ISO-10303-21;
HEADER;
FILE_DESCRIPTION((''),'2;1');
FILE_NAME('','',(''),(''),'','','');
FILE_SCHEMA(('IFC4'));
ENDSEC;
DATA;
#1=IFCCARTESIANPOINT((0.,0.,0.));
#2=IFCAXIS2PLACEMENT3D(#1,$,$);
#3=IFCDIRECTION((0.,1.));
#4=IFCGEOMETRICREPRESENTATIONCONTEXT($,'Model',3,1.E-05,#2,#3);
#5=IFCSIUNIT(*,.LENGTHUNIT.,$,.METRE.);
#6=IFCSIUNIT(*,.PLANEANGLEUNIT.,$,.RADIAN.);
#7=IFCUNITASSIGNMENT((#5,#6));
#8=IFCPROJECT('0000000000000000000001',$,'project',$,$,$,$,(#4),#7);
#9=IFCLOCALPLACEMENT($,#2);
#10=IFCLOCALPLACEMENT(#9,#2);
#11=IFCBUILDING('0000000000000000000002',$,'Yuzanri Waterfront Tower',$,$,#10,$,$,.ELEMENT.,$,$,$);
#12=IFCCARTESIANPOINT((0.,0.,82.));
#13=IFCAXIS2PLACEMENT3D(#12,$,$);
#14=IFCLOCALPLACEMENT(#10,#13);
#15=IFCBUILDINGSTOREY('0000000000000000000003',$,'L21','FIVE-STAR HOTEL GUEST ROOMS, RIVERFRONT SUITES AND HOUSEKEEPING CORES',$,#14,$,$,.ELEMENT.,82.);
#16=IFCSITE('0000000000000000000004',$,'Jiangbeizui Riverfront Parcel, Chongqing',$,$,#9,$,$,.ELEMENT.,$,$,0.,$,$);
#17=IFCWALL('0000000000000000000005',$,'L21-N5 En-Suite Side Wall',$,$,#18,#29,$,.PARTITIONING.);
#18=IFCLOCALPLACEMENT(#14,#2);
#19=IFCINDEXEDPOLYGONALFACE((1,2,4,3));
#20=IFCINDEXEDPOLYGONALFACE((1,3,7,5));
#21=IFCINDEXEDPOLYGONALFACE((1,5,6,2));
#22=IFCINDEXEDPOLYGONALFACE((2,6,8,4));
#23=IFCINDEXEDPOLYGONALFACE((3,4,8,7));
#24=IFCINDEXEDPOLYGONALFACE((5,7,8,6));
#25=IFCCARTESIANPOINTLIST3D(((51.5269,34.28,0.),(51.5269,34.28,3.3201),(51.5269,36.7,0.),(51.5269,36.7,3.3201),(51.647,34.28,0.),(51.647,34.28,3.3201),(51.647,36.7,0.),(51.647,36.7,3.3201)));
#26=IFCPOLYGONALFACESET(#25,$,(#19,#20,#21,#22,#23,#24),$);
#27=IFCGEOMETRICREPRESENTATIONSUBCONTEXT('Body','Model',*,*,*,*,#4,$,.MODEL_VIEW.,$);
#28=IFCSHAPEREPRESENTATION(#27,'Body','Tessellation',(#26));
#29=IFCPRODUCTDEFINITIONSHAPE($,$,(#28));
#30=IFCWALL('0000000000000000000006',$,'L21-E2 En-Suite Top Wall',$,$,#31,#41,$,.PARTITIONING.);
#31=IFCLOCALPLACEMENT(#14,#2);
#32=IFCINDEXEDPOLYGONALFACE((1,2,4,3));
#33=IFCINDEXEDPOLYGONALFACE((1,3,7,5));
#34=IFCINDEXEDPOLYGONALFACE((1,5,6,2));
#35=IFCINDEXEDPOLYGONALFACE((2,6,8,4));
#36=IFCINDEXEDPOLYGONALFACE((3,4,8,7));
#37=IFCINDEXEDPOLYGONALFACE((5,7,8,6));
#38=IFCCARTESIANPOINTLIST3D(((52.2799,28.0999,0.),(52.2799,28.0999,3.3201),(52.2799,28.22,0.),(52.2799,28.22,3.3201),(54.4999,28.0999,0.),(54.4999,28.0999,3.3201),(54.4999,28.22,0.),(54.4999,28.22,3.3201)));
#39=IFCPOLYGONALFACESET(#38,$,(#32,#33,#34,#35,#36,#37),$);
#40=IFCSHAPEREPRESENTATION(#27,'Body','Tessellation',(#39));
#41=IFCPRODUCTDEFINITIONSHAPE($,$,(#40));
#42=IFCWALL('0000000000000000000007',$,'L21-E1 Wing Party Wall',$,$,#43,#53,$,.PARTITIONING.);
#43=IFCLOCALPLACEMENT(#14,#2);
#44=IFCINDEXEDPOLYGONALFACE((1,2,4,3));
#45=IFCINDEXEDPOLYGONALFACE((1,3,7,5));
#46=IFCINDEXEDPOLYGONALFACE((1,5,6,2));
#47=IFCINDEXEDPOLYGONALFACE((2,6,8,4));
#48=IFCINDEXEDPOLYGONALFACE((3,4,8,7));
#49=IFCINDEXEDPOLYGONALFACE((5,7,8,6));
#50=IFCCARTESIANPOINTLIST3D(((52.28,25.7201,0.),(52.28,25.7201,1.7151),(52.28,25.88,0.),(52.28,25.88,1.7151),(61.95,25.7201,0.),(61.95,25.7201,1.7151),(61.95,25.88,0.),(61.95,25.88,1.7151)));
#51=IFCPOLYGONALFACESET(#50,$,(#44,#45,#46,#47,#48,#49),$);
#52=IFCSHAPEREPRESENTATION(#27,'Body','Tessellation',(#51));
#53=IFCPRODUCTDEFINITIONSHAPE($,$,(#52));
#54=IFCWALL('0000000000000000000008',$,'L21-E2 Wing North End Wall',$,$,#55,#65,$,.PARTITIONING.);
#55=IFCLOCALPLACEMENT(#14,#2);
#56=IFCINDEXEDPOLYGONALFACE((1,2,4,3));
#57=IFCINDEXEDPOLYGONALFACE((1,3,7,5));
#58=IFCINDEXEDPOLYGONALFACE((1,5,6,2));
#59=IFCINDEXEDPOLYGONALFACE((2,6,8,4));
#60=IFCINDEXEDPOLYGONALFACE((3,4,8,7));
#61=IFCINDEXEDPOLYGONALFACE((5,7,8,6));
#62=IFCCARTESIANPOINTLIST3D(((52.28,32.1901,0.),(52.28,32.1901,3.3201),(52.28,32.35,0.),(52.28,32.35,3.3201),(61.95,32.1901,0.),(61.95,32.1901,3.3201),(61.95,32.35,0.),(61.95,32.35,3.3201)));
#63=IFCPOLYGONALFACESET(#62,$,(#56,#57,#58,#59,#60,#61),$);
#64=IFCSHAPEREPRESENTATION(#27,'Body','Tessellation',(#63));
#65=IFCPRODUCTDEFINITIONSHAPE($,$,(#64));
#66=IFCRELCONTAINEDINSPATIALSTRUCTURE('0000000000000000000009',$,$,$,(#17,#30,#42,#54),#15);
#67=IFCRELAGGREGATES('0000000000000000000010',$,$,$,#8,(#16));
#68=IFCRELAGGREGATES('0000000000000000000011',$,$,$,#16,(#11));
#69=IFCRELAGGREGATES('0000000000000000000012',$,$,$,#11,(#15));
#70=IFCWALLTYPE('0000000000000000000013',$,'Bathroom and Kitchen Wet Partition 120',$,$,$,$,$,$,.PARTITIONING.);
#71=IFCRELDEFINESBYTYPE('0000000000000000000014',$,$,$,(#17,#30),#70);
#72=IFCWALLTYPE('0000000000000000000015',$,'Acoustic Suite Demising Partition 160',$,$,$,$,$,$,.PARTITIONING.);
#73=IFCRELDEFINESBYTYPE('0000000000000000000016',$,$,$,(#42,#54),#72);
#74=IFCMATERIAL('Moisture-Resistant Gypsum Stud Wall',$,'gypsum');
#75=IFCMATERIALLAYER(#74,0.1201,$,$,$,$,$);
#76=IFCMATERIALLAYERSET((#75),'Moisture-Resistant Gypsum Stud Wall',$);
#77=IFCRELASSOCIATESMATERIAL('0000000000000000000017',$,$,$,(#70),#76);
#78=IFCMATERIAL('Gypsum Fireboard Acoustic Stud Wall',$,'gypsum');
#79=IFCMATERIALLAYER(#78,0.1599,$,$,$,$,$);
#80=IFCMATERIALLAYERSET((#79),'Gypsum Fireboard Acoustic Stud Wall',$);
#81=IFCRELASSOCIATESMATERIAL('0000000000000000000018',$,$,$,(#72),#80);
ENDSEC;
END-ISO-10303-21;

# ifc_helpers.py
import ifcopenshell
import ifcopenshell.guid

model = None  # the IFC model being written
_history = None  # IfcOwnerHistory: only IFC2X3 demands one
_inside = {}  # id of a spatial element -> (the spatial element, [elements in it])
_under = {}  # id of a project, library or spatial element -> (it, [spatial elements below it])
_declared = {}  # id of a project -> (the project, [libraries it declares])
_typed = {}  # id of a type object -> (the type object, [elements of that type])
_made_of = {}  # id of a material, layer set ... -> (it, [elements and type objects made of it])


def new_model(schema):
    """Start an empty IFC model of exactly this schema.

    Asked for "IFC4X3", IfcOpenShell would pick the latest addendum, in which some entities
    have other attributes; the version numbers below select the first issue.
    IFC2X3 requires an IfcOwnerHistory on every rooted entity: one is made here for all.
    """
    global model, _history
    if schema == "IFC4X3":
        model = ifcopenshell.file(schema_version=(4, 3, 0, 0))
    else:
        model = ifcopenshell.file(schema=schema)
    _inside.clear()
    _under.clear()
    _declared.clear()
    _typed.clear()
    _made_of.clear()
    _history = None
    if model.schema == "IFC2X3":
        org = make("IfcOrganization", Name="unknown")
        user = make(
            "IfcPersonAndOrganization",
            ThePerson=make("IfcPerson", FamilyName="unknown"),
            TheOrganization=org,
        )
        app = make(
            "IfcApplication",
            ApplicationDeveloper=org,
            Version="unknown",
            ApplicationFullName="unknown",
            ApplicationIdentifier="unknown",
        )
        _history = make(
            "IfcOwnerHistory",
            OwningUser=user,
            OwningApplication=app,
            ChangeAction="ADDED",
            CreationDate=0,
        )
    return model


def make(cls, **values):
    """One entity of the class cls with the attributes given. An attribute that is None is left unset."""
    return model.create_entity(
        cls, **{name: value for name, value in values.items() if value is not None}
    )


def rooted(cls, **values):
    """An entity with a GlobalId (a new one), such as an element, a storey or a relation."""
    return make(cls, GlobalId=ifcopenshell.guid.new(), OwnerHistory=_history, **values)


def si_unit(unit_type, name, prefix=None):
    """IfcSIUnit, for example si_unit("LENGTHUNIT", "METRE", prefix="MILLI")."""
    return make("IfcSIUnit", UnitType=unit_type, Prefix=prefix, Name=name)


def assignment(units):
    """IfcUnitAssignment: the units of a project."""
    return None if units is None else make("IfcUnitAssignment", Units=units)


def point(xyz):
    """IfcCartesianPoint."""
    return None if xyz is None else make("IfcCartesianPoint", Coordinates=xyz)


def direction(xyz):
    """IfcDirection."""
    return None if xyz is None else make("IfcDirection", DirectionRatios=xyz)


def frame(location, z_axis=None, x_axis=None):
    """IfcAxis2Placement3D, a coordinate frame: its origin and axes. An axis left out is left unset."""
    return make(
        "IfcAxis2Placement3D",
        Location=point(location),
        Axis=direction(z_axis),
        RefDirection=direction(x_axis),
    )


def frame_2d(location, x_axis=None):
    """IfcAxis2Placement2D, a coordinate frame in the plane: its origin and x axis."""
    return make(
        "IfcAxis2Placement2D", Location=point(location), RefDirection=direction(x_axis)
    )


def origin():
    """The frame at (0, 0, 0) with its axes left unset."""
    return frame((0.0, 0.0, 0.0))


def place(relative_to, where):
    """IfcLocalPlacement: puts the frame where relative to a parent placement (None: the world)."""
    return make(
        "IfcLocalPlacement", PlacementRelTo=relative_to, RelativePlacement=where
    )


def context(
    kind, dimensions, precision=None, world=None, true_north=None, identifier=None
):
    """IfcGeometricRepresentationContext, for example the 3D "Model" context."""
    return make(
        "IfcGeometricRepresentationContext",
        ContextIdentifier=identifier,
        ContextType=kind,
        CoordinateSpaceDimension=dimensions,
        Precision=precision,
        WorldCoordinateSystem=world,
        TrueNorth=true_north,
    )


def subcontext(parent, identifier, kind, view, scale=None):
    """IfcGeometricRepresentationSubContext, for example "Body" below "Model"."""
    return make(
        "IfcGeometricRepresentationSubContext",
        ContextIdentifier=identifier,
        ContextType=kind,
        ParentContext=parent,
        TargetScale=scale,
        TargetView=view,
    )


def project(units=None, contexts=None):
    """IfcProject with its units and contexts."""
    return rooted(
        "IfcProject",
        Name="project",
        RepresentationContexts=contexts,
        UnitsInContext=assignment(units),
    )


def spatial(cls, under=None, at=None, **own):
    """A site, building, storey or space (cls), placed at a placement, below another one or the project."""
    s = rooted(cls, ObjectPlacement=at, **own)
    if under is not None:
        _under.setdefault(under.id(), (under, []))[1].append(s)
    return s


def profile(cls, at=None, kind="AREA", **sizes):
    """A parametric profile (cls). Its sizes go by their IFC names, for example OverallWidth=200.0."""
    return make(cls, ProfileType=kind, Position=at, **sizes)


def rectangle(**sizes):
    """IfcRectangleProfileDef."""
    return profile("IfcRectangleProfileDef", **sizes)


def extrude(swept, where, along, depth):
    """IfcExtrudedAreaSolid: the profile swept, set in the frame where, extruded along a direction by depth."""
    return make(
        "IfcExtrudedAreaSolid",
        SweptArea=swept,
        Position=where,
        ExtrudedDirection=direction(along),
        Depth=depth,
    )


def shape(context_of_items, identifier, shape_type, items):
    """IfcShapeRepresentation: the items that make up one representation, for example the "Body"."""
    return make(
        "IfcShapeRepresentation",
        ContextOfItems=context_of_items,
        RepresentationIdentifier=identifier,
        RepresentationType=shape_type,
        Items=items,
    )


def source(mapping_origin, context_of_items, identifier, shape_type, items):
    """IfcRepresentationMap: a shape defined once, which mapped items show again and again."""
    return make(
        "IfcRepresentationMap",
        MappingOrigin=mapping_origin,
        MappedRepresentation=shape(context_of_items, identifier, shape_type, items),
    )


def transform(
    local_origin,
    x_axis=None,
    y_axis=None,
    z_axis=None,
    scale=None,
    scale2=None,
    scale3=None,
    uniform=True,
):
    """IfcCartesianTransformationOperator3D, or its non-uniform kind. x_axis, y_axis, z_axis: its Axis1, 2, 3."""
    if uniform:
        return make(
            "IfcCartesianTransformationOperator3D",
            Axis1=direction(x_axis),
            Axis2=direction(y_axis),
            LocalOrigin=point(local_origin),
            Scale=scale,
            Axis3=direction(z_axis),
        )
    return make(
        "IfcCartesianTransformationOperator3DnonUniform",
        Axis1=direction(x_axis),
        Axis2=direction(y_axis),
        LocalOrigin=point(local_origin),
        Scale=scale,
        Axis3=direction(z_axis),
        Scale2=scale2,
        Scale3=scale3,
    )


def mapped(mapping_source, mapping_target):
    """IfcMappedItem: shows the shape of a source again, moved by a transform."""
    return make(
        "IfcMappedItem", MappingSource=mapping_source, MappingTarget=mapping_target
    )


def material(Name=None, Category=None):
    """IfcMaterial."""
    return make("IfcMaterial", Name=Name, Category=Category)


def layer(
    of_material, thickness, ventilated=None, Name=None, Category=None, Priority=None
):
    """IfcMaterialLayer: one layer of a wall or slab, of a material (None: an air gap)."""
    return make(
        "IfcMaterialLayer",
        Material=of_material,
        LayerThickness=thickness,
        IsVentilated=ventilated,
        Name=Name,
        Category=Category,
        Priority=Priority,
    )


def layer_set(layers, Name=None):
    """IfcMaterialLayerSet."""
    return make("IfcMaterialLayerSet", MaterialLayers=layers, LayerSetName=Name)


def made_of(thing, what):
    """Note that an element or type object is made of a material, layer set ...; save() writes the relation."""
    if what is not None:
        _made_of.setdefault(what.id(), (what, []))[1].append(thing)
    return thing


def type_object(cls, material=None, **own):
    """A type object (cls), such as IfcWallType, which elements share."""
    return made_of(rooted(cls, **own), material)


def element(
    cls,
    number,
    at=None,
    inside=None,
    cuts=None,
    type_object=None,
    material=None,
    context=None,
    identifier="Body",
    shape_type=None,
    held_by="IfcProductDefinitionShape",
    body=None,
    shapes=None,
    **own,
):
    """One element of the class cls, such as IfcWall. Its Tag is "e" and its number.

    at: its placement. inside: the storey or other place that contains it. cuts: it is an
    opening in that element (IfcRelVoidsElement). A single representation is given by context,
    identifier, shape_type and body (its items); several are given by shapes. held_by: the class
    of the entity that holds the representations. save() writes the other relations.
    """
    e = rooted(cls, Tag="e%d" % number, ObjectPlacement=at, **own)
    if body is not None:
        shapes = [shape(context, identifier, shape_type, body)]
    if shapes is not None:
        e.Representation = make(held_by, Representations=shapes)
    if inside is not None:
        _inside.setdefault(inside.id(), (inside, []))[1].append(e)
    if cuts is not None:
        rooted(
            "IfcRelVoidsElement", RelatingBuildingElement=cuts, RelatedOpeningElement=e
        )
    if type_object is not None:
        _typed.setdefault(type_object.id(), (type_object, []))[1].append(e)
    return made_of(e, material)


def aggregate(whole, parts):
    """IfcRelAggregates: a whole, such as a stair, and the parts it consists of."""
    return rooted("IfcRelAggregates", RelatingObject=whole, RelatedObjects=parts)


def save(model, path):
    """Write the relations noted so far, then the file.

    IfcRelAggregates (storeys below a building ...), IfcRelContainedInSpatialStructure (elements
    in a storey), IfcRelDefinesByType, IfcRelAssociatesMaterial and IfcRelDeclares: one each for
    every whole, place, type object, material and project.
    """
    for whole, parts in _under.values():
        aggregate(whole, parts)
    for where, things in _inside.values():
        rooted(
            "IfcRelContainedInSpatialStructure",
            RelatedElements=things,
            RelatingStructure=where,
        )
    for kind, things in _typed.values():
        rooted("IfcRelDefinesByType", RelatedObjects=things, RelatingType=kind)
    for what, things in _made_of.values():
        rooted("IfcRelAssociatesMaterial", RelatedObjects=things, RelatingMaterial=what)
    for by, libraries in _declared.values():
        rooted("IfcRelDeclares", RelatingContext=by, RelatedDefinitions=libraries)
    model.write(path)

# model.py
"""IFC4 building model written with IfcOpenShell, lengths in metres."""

from ifc_helpers import new_model, si_unit, direction, frame, frame_2d, origin, place, context, subcontext, project, spatial, rectangle, extrude, source, transform, mapped, material, layer, layer_set, type_object, element, save


model = new_model("IFC4")

# Units and contexts
model_context = context("Model", 3, precision=1e-05, world=origin(), true_north=direction((0.0, 1.0)))
body_context = subcontext(model_context, "Body", "Model", "MODEL_VIEW")
ifc_project = project(units=[si_unit("LENGTHUNIT", "METRE"), si_unit("PLANEANGLEUNIT", "RADIAN")], contexts=[model_context])

# Site, building, storey
site_placement = place(None, origin())
site = spatial("IfcSite", under=ifc_project, at=site_placement, Name="Jiangbeizui Riverfront Parcel, Chongqing", CompositionType="ELEMENT", RefElevation=0.0)
building_placement = place(site_placement, origin())
building = spatial("IfcBuilding", under=site, at=building_placement, Name="Yuzanri Waterfront Tower", CompositionType="ELEMENT")
storey_placement = place(building_placement, frame((0.0, 0.0, 82.0)))
storey = spatial("IfcBuildingStorey", under=building, at=storey_placement, Name="L21", Description="FIVE-STAR HOTEL GUEST ROOMS, RIVERFRONT SUITES AND HOUSEKEEPING CORES", CompositionType="ELEMENT", Elevation=82.0)

# Shared definitions
ifc_material_1 = material(Name="Moisture-Resistant Gypsum Stud Wall", Category="gypsum")
ifc_layer_1 = layer(ifc_material_1, 0.1201)
ifc_layer_set_1 = layer_set([ifc_layer_1], Name="Moisture-Resistant Gypsum Stud Wall")
wall_type_1 = type_object("IfcWallType", Name="Bathroom and Kitchen Wet Partition 120", PredefinedType="PARTITIONING", material=ifc_layer_set_1)

# Walls
ifc_material_2 = material(Name="Gypsum Fireboard Acoustic Stud Wall", Category="gypsum")
ifc_layer_2 = layer(ifc_material_2, 0.1599)
ifc_layer_set_2 = layer_set([ifc_layer_2], Name="Gypsum Fireboard Acoustic Stud Wall")
wall_type_2 = type_object("IfcWallType", Name="Acoustic Suite Demising Partition 160", PredefinedType="PARTITIONING", material=ifc_layer_set_2)
shared_shape_1 = source(origin(), body_context, "Body", "SweptSolid", [
    extrude(rectangle(XDim=2.4199, YDim=0.1201, at=frame_2d((1.21, 0.0))), origin(), (0.0, 0.0, 1.0), 3.3201),
])
wall_1_placement = place(storey_placement, frame((51.5869, 34.28, 0.0), z_axis=(0.0, 0.0, 1.0), x_axis=(0.0, 1.0, 0.0)))
element("IfcWall", 1, at=wall_1_placement, inside=storey, type_object=wall_type_1, Name="L21-N5 En-Suite Side Wall", PredefinedType="PARTITIONING", context=body_context, shape_type="MappedRepresentation", body=[
    mapped(shared_shape_1, transform((0.0, 0.0, 0.0), scale=1.0)),
])
shared_shape_2 = source(origin(), body_context, "Body", "SweptSolid", [
    extrude(rectangle(XDim=2.22, YDim=0.1201, at=frame_2d((1.1099, 0.0))), origin(), (0.0, 0.0, 1.0), 3.3201),
])
wall_2_placement = place(storey_placement, frame((52.28, 28.1599, 0.0), z_axis=(0.0, 0.0, 1.0), x_axis=(1.0, 0.0, 0.0)))
element("IfcWall", 2, at=wall_2_placement, inside=storey, type_object=wall_type_1, Name="L21-E2 En-Suite Top Wall", PredefinedType="PARTITIONING", context=body_context, shape_type="MappedRepresentation", body=[
    mapped(shared_shape_2, transform((0.0, 0.0, 0.0), scale=1.0)),
])
shared_shape_3 = source(origin(), body_context, "Body", "SweptSolid", [
    extrude(rectangle(XDim=9.6699, YDim=0.1599, at=frame_2d((4.835, 0.0))), origin(), (0.0, 0.0, 1.0), 1.7151),
])
wall_3_placement = place(storey_placement, frame((52.28, 25.8, 0.0), z_axis=(0.0, 0.0, 1.0), x_axis=(1.0, 0.0, 0.0)))
element("IfcWall", 3, at=wall_3_placement, inside=storey, type_object=wall_type_2, Name="L21-E1 Wing Party Wall", PredefinedType="PARTITIONING", context=body_context, shape_type="MappedRepresentation", body=[
    mapped(shared_shape_3, transform((0.0, 0.0, 0.0), scale=1.0)),
])
shared_shape_4 = source(origin(), body_context, "Body", "SweptSolid", [
    extrude(rectangle(XDim=9.6699, YDim=0.1599, at=frame_2d((4.835, 0.0))), origin(), (0.0, 0.0, 1.0), 3.3201),
])
wall_4_placement = place(storey_placement, frame((52.28, 32.27, 0.0), z_axis=(0.0, 0.0, 1.0), x_axis=(1.0, 0.0, 0.0)))
element("IfcWall", 4, at=wall_4_placement, inside=storey, type_object=wall_type_2, Name="L21-E2 Wing North End Wall", PredefinedType="PARTITIONING", context=body_context, shape_type="MappedRepresentation", body=[
    mapped(shared_shape_4, transform((0.0, 0.0, 0.0), scale=1.0)),
])

save(model, "model.ifc")
